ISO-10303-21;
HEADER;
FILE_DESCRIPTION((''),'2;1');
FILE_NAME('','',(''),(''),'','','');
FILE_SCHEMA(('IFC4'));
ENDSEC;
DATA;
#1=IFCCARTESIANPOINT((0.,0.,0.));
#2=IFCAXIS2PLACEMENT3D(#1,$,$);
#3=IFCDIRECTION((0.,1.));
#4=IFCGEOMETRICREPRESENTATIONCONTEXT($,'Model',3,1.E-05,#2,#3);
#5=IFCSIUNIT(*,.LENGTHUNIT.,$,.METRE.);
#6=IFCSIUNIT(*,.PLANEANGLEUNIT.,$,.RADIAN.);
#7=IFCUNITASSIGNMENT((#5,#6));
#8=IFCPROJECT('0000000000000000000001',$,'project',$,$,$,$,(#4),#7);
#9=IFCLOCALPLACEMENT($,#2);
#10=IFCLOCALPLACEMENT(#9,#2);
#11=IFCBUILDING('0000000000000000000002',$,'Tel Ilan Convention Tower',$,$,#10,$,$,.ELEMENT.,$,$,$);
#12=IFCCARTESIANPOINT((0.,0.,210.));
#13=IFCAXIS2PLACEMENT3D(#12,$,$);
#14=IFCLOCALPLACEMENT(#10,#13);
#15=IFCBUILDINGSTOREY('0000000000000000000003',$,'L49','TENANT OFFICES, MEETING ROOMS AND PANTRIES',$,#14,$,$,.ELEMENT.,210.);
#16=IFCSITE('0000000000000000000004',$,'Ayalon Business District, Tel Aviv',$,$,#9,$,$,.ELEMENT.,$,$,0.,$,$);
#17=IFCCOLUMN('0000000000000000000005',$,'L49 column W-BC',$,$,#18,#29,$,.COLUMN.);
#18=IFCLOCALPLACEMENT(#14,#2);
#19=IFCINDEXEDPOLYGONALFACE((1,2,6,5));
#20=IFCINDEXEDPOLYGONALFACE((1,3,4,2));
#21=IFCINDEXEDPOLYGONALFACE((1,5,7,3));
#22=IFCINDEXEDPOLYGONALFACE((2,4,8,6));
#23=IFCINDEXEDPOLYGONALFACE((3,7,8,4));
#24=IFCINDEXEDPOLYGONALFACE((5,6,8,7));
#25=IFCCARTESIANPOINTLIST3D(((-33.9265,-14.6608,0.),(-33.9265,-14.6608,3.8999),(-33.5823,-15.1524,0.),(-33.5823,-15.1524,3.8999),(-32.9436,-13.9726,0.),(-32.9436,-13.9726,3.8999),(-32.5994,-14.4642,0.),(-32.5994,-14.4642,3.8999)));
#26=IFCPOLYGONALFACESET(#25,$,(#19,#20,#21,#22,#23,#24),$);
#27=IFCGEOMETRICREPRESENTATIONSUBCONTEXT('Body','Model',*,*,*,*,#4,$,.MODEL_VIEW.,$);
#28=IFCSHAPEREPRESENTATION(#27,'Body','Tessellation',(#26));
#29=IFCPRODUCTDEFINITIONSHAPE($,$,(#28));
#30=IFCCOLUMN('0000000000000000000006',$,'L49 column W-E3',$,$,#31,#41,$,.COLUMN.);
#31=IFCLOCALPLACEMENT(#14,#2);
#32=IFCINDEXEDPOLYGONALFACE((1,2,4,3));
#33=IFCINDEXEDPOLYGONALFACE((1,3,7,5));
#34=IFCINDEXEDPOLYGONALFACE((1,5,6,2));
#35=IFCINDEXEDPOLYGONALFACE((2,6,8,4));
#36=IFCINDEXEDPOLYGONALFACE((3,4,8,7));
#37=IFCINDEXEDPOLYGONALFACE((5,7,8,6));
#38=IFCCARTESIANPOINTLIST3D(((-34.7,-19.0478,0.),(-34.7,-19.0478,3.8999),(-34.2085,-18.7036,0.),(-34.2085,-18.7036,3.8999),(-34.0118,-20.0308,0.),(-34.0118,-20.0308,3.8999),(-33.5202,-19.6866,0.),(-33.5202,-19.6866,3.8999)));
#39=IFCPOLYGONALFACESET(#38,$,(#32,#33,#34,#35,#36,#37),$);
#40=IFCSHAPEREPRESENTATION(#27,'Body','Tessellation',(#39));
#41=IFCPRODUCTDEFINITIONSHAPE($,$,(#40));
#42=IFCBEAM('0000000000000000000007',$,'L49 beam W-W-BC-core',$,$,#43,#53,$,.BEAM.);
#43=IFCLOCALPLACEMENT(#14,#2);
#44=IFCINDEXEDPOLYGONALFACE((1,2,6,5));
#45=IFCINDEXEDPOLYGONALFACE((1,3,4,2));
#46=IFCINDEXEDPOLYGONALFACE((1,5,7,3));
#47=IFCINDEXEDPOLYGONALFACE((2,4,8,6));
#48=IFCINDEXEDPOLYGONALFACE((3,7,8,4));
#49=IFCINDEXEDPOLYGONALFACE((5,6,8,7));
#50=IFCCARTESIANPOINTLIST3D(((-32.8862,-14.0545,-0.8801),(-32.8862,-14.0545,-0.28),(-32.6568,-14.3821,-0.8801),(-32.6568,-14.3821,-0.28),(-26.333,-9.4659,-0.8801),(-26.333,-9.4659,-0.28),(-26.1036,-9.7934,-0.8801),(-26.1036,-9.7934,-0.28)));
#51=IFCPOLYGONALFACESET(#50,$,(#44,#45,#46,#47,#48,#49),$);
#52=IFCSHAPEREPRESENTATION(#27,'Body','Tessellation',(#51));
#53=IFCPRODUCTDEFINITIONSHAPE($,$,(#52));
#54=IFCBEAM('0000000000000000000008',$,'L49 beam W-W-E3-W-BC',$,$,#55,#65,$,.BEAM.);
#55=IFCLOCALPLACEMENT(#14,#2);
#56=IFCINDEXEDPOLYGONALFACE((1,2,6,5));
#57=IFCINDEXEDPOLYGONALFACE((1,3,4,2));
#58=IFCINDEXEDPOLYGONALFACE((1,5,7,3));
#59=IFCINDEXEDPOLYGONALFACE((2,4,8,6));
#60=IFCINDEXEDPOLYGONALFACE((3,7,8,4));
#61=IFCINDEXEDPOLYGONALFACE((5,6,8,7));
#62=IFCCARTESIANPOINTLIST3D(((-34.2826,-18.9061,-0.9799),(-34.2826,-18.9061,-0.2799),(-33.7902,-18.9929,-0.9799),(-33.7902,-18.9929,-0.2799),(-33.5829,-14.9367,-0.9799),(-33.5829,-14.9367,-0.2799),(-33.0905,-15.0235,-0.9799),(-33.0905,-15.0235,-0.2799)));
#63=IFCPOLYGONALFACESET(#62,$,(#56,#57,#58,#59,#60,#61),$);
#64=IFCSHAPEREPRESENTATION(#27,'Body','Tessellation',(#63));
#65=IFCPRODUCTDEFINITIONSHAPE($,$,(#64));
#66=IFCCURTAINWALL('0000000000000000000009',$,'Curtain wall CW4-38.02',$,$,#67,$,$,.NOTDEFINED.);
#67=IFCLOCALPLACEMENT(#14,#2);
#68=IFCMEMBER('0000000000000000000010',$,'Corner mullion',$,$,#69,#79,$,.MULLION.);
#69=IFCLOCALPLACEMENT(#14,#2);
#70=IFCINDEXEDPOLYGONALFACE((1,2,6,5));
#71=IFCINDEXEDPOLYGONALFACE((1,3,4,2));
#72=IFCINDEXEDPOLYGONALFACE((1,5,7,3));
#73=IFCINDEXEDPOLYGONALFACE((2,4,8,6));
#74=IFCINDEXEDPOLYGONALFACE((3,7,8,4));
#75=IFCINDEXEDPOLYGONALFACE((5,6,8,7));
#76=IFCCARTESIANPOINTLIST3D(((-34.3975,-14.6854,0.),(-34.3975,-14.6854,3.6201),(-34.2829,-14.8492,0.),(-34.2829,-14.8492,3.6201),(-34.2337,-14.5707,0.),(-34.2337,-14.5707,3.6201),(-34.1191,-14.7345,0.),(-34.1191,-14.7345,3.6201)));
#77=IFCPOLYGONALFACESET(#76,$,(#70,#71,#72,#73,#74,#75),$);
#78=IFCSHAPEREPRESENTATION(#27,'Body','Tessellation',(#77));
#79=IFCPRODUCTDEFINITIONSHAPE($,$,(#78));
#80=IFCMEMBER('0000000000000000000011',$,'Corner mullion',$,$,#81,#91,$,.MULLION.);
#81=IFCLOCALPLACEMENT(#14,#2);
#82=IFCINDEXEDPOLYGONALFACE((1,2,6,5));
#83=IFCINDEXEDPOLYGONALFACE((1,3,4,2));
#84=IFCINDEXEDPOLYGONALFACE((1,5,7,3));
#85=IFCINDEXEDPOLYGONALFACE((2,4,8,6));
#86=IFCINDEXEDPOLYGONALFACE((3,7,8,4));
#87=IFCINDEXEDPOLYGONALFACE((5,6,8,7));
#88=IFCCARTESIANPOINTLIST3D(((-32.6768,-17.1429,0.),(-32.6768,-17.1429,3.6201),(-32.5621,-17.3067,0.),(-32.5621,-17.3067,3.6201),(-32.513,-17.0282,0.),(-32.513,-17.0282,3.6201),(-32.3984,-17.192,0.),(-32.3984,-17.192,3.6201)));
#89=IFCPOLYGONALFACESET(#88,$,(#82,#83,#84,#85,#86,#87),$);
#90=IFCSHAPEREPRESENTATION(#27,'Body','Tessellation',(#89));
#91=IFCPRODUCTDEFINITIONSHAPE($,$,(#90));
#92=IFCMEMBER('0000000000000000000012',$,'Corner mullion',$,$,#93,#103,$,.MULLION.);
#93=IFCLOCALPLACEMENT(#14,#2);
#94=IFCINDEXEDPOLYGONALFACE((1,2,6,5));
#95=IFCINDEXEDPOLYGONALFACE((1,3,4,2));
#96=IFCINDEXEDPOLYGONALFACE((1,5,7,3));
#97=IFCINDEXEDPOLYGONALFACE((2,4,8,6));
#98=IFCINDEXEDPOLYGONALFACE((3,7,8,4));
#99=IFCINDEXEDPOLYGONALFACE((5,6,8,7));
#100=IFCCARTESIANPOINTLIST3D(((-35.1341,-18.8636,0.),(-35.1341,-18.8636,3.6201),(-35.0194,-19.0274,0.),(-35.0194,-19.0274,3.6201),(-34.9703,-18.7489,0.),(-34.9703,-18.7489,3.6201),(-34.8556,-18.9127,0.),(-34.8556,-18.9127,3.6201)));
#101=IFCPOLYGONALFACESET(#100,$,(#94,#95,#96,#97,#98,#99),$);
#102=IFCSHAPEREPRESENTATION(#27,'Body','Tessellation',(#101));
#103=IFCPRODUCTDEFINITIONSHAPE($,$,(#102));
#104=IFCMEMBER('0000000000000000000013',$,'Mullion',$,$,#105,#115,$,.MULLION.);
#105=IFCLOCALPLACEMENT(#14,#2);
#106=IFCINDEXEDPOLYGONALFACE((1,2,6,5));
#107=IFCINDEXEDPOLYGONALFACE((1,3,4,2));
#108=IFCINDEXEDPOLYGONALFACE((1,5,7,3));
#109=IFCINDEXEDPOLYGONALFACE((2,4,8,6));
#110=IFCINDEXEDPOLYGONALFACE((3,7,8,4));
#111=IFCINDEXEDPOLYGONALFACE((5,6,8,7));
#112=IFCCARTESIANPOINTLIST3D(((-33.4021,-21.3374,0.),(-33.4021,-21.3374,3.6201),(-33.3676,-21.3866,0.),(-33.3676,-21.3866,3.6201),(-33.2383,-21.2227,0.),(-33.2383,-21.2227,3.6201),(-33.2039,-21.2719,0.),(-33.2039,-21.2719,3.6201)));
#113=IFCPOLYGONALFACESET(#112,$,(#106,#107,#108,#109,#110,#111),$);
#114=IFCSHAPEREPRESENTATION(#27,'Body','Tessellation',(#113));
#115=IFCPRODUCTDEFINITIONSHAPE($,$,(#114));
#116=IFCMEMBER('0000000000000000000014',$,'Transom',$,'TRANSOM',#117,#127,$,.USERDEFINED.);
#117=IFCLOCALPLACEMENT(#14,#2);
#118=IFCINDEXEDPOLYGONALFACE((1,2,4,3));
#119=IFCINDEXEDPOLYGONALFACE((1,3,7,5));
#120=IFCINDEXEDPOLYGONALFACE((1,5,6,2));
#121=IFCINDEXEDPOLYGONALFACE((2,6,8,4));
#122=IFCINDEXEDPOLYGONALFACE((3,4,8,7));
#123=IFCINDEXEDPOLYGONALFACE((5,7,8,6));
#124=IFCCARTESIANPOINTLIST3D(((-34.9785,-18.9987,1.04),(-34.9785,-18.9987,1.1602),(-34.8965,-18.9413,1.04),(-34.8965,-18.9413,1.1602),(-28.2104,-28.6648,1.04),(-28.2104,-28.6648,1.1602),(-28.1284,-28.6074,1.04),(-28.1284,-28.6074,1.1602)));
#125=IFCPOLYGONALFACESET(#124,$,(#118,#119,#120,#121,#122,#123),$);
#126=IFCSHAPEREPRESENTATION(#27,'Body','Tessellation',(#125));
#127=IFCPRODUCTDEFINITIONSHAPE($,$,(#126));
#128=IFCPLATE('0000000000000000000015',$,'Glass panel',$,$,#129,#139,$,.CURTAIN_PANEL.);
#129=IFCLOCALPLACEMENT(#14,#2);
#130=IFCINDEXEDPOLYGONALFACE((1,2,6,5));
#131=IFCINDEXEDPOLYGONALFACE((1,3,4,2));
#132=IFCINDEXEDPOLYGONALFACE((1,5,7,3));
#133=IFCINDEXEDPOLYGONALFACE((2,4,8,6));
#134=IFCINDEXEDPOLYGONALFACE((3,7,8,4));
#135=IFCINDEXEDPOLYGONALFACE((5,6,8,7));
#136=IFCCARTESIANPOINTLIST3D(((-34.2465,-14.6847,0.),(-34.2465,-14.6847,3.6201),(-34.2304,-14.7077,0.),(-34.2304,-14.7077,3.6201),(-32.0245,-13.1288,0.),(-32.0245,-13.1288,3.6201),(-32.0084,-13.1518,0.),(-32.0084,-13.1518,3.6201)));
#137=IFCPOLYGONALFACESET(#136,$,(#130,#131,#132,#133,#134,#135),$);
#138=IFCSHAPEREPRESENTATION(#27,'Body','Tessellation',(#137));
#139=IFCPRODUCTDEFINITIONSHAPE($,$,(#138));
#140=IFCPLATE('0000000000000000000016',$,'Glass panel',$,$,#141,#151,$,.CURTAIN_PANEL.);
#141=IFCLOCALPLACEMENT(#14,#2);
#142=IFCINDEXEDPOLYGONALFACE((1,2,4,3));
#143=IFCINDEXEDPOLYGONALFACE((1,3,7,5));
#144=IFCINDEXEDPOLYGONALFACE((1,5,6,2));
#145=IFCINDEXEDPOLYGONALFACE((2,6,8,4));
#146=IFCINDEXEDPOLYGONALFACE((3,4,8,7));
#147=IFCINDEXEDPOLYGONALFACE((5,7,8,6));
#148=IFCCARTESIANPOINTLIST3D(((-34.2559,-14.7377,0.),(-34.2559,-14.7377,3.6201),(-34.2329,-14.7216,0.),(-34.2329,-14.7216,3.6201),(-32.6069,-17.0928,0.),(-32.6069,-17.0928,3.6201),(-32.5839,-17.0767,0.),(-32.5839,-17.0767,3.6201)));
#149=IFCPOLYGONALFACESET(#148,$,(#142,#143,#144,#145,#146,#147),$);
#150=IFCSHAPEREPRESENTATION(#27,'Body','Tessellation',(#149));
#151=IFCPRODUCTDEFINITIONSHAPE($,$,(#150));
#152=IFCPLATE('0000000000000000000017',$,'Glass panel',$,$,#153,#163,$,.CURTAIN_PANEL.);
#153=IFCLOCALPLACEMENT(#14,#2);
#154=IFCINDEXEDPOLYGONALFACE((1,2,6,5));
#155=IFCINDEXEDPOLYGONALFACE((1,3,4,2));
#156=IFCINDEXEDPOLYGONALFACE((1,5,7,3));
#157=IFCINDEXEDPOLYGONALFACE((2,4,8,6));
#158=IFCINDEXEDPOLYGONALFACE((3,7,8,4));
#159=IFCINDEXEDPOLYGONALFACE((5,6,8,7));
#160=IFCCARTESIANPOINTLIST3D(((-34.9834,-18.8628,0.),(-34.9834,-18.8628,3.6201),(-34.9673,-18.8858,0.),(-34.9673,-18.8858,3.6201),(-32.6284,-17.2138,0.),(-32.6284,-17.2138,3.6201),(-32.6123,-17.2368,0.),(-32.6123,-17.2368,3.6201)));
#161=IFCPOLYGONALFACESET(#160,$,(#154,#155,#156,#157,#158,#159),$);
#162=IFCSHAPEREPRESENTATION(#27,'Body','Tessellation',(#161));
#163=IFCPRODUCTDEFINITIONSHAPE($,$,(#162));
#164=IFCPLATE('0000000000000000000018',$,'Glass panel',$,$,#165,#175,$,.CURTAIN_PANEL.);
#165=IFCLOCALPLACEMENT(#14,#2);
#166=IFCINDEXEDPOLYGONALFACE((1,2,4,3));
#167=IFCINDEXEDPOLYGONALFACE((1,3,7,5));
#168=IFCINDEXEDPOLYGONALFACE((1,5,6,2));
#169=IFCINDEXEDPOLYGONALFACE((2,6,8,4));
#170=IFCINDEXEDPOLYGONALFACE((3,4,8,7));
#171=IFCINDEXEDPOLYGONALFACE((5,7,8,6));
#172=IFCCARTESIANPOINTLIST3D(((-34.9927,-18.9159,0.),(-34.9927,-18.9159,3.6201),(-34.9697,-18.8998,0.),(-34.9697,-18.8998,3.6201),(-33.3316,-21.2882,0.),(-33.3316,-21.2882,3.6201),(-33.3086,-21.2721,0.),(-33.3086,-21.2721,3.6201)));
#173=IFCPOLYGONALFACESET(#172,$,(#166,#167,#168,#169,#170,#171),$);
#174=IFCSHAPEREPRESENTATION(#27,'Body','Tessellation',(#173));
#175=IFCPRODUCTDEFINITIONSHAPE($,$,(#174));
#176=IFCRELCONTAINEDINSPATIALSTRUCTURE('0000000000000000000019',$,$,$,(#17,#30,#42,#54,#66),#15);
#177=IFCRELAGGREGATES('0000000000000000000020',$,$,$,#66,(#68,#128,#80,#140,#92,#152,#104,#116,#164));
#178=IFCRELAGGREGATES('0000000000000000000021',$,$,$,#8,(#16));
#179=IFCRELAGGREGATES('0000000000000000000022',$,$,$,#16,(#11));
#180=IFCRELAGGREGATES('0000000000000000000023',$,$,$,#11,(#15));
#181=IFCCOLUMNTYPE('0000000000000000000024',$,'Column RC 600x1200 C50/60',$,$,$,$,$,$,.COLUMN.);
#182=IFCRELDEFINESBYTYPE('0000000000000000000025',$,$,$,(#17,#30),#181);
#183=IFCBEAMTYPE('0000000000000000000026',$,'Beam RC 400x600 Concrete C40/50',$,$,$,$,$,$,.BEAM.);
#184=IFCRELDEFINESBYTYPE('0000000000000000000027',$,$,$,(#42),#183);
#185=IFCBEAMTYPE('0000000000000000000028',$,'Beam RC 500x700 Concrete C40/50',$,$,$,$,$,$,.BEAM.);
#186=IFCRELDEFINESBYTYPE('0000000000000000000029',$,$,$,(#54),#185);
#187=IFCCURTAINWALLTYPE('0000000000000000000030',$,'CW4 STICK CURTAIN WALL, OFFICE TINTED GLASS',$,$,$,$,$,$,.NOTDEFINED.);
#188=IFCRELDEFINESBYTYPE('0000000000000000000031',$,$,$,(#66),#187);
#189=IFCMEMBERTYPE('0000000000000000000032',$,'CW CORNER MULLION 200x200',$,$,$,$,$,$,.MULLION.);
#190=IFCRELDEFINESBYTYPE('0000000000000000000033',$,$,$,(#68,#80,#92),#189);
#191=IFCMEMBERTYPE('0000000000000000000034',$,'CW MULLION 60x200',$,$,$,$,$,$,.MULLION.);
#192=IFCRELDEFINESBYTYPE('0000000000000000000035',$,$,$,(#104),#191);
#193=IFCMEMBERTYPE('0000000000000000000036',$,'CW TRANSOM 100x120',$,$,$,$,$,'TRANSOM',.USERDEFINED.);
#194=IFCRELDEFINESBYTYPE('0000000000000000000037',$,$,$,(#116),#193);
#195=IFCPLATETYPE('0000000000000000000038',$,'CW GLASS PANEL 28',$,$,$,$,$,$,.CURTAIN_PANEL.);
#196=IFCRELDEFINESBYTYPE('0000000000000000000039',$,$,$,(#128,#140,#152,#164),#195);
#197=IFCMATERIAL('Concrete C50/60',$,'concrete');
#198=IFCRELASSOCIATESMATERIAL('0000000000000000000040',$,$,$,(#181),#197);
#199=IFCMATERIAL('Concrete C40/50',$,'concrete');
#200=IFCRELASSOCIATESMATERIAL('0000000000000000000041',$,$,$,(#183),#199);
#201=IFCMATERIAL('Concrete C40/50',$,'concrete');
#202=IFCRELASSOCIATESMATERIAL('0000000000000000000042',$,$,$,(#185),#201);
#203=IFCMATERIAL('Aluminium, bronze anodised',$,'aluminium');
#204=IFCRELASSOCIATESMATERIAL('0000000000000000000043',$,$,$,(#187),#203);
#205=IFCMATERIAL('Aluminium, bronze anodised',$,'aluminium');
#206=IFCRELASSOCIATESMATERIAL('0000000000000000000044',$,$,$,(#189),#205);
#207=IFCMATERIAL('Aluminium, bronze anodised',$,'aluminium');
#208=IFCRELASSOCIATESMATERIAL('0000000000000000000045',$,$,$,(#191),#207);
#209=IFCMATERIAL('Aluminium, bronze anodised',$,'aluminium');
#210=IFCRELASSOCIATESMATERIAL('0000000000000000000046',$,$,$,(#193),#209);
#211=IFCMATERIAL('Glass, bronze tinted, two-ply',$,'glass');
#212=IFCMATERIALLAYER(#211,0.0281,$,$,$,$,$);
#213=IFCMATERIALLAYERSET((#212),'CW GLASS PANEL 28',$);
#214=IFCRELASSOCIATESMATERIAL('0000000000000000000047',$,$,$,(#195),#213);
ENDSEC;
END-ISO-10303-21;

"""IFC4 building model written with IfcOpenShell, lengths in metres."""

from ifc_helpers import new_model, si_unit, direction, frame, origin, origin_2d, place, context, subcontext, project, spatial, rectangle, extrude, material, layer, layer_set, material_profile, profile_set, type_object, element, aggregate, save


model = new_model("IFC4")

# Units and contexts
model_context = context("Model", 3, precision=1e-05, world=origin(), true_north=direction((0.0, 1.0)))
body_context = subcontext(model_context, "Body", "Model", "MODEL_VIEW")
ifc_project = project(units=[si_unit("LENGTHUNIT", "METRE"), si_unit("PLANEANGLEUNIT", "RADIAN")], contexts=[model_context])

# Site, building, storey
site_placement = place(None, origin())
site = spatial("IfcSite", under=ifc_project, at=site_placement, Name="Ayalon Business District, Tel Aviv", CompositionType="ELEMENT", RefElevation=0.0)
building_placement = place(site_placement, origin())
building = spatial("IfcBuilding", under=site, at=building_placement, Name="Tel Ilan Convention Tower", CompositionType="ELEMENT")
storey_placement = place(building_placement, frame((0.0, 0.0, 210.0)))
storey = spatial("IfcBuildingStorey", under=building, at=storey_placement, Name="L49", Description="TENANT OFFICES, MEETING ROOMS AND PANTRIES", CompositionType="ELEMENT", Elevation=210.0)

# Columns
ifc_material_1 = material(Name="Concrete C50/60", Category="concrete")
ifc_material_profile_1 = material_profile(ifc_material_1, rectangle(XDim=1.2, YDim=0.6001, at=origin_2d()), Name="RC 600x1200")
ifc_profile_set_1 = profile_set([ifc_material_profile_1], Name="Concrete C50/60")
column_type = type_object("IfcColumnType", Name="Column RC 600x1200 C50/60", PredefinedType="COLUMN", material=ifc_profile_set_1)
for number, where, z_axis, x_axis, name in (
    (1, (-33.2629, -14.5625, 0.0), (0.0, 0.0, 1.0), (-0.819152, -0.573576, 0.0), "L49 column W-BC"),
    (2, (-34.1101, -19.3672, 0.0), (0.0, 0.0, 1.0), (-0.573576, 0.819152, 0.0), "L49 column W-E3"),
):
    element("IfcColumn", number, at=place(storey_placement, frame(where, z_axis=z_axis, x_axis=x_axis)), inside=storey, type_object=column_type, Name=name, PredefinedType="COLUMN", context=body_context, shape_type="SweptSolid", body=[
        extrude(rectangle(XDim=1.2, YDim=0.6001, at=origin_2d()), origin(), (0.0, 0.0, 1.0), 3.8999),
    ])

# Beams
ifc_material_2 = material(Name="Concrete C40/50", Category="concrete")
ifc_material_profile_2 = material_profile(ifc_material_2, rectangle(XDim=0.3999, YDim=0.6001, at=origin_2d()), Name="RC 400x600")
ifc_profile_set_2 = profile_set([ifc_material_profile_2], Name="Concrete C40/50")
beam_type_1 = type_object("IfcBeamType", Name="Beam RC 400x600 Concrete C40/50", PredefinedType="BEAM", material=ifc_profile_set_2)
beam_1_placement = place(storey_placement, frame((-32.7715, -14.2183, -0.5801), z_axis=(0.819152, 0.573577, 0.0), x_axis=(-0.573577, 0.819152, 0.0)))
element("IfcBeam", 3, at=beam_1_placement, inside=storey, type_object=beam_type_1, Name="L49 beam W-W-BC-core", PredefinedType="BEAM", context=body_context, shape_type="SweptSolid", body=[
    extrude(rectangle(XDim=0.3999, YDim=0.6001, at=origin_2d()), origin(), (0.0, 0.0, 1.0), 8.0),
])
ifc_material_3 = material(Name="Concrete C40/50", Category="concrete")
ifc_material_profile_3 = material_profile(ifc_material_3, rectangle(XDim=0.5, YDim=0.7, at=origin_2d()), Name="RC 500x700")
ifc_profile_set_3 = profile_set([ifc_material_profile_3], Name="Concrete C40/50")
beam_type_2 = type_object("IfcBeamType", Name="Beam RC 500x700 Concrete C40/50", PredefinedType="BEAM", material=ifc_profile_set_3)
beam_2_placement = place(storey_placement, frame((-34.0364, -18.9495, -0.6299), z_axis=(0.173606, 0.984815, 0.0), x_axis=(-0.984815, 0.173606, 0.0)))
element("IfcBeam", 4, at=beam_2_placement, inside=storey, type_object=beam_type_2, Name="L49 beam W-W-E3-W-BC", PredefinedType="BEAM", context=body_context, shape_type="SweptSolid", body=[
    extrude(rectangle(XDim=0.5, YDim=0.7, at=origin_2d()), origin(), (0.0, 0.0, 1.0), 4.0305),
])

# Curtain wall, members, plates
ifc_material_4 = material(Name="Aluminium, bronze anodised", Category="aluminium")
curtain_wall_type = type_object("IfcCurtainWallType", Name="CW4 STICK CURTAIN WALL, OFFICE TINTED GLASS", PredefinedType="NOTDEFINED", material=ifc_material_4)
curtain_wall_placement = place(storey_placement, origin())
curtain_wall = element("IfcCurtainWall", 5, at=curtain_wall_placement, inside=storey, type_object=curtain_wall_type, Name="Curtain wall CW4-38.02", PredefinedType="NOTDEFINED")
ifc_material_5 = material(Name="Aluminium, bronze anodised", Category="aluminium")
ifc_material_profile_4 = material_profile(ifc_material_5, rectangle(XDim=0.2, YDim=0.2, at=origin_2d()), Name="CW CORNER MULLION 200x200")
ifc_profile_set_4 = profile_set([ifc_material_profile_4], Name="Aluminium, bronze anodised")
member_type_1 = type_object("IfcMemberType", Name="CW CORNER MULLION 200x200", PredefinedType="MULLION", material=ifc_profile_set_4)
member_1_placement = place(storey_placement, frame((-34.2583, -14.71, 0.0), z_axis=(0.0, 0.0, 1.0), x_axis=(-0.819152, -0.573576, 0.0)))
member_1 = element("IfcMember", 6, at=member_1_placement, type_object=member_type_1, Name="Corner mullion", PredefinedType="MULLION", context=body_context, shape_type="SweptSolid", body=[
    extrude(rectangle(XDim=0.2, YDim=0.2, at=origin_2d()), origin(), (0.0, 0.0, 1.0), 3.6201),
])
member_2_placement = place(storey_placement, frame((-32.5376, -17.1675, 0.0), z_axis=(0.0, 0.0, 1.0), x_axis=(0.573576, -0.819152, 0.0)))
member_2 = element("IfcMember", 7, at=member_2_placement, type_object=member_type_1, Name="Corner mullion", PredefinedType="MULLION", context=body_context, shape_type="SweptSolid", body=[
    extrude(rectangle(XDim=0.2, YDim=0.2, at=origin_2d()), origin(), (0.0, 0.0, 1.0), 3.6201),
])
member_3_placement = place(storey_placement, frame((-34.9949, -18.8882, 0.0), z_axis=(0.0, 0.0, 1.0), x_axis=(-0.819152, -0.573576, 0.0)))
member_3 = element("IfcMember", 8, at=member_3_placement, type_object=member_type_1, Name="Corner mullion", PredefinedType="MULLION", context=body_context, shape_type="SweptSolid", body=[
    extrude(rectangle(XDim=0.2, YDim=0.2, at=origin_2d()), origin(), (0.0, 0.0, 1.0), 3.6201),
])
ifc_material_6 = material(Name="Aluminium, bronze anodised", Category="aluminium")
ifc_material_profile_5 = material_profile(ifc_material_6, rectangle(XDim=0.0601, YDim=0.2, at=origin_2d()), Name="CW MULLION 60x200")
ifc_profile_set_5 = profile_set([ifc_material_profile_5], Name="Aluminium, bronze anodised")
member_type_2 = type_object("IfcMemberType", Name="CW MULLION 60x200", PredefinedType="MULLION", material=ifc_profile_set_5)
member_4_placement = place(storey_placement, frame((-33.303, -21.3047, 0.0), z_axis=(0.0, 0.0, 1.0), x_axis=(0.573576, -0.819152, 0.0)))
member_4 = element("IfcMember", 9, at=member_4_placement, type_object=member_type_2, Name="Mullion", PredefinedType="MULLION", context=body_context, shape_type="SweptSolid", body=[
    extrude(rectangle(XDim=0.0601, YDim=0.2, at=origin_2d()), origin(), (0.0, 0.0, 1.0), 3.6201),
])
ifc_material_7 = material(Name="Aluminium, bronze anodised", Category="aluminium")
ifc_material_profile_6 = material_profile(ifc_material_7, rectangle(XDim=0.1001, YDim=0.1201, at=origin_2d()), Name="CW TRANSOM 100x120")
ifc_profile_set_6 = profile_set([ifc_material_profile_6], Name="Aluminium, bronze anodised")
member_type_3 = type_object("IfcMemberType", Name="CW TRANSOM 100x120", ElementType="TRANSOM", PredefinedType="USERDEFINED", material=ifc_profile_set_6)
member_5_placement = place(storey_placement, frame((-34.9375, -18.97, 1.1001), z_axis=(0.573568, -0.819158, 0.0), x_axis=(0.819158, 0.573568, 0.0)))
member_5 = element("IfcMember", 10, at=member_5_placement, type_object=member_type_3, Name="Transom", ObjectType="TRANSOM", PredefinedType="USERDEFINED", context=body_context, shape_type="SweptSolid", body=[
    extrude(rectangle(XDim=0.1001, YDim=0.1201, at=origin_2d()), origin(), (0.0, 0.0, 1.0), 11.8),
])
ifc_material_8 = material(Name="Glass, bronze tinted, two-ply", Category="glass")
ifc_layer_1 = layer(ifc_material_8, 0.0281)
ifc_layer_set_1 = layer_set([ifc_layer_1], Name="CW GLASS PANEL 28")
plate_type = type_object("IfcPlateType", Name="CW GLASS PANEL 28", PredefinedType="CURTAIN_PANEL", material=ifc_layer_set_1)
plate_1_placement = place(storey_placement, frame((-33.1274, -13.9182, 0.0), z_axis=(0.0, 0.0, 1.0), x_axis=(-0.819152, -0.573576, 0.0)))
plate_1 = element("IfcPlate", 11, at=plate_1_placement, type_object=plate_type, Name="Glass panel", PredefinedType="CURTAIN_PANEL", context=body_context, shape_type="SweptSolid", body=[
    extrude(rectangle(XDim=2.7126, YDim=0.0281, at=origin_2d()), origin(), (0.0, 0.0, 1.0), 3.6201),
])
plate_2_placement = place(storey_placement, frame((-33.4199, -15.9072, 0.0), z_axis=(0.0, 0.0, 1.0), x_axis=(0.573576, -0.819152, 0.0)))
plate_2 = element("IfcPlate", 12, at=plate_2_placement, type_object=plate_type, Name="Glass panel", PredefinedType="CURTAIN_PANEL", context=body_context, shape_type="SweptSolid", body=[
    extrude(rectangle(XDim=2.875, YDim=0.0281, at=origin_2d()), origin(), (0.0, 0.0, 1.0), 3.6201),
])
plate_3_placement = place(storey_placement, frame((-33.7979, -18.0498, 0.0), z_axis=(0.0, 0.0, 1.0), x_axis=(-0.819152, -0.573576, 0.0)))
plate_3 = element("IfcPlate", 13, at=plate_3_placement, type_object=plate_type, Name="Glass panel", PredefinedType="CURTAIN_PANEL", context=body_context, shape_type="SweptSolid", body=[
    extrude(rectangle(XDim=2.875, YDim=0.0281, at=origin_2d()), origin(), (0.0, 0.0, 1.0), 3.6201),
])
plate_4_placement = place(storey_placement, frame((-34.1506, -20.094, 0.0), z_axis=(0.0, 0.0, 1.0), x_axis=(0.573576, -0.819152, 0.0)))
plate_4 = element("IfcPlate", 14, at=plate_4_placement, type_object=plate_type, Name="Glass panel", PredefinedType="CURTAIN_PANEL", context=body_context, shape_type="SweptSolid", body=[
    extrude(rectangle(XDim=2.896, YDim=0.0281, at=origin_2d()), origin(), (0.0, 0.0, 1.0), 3.6201),
])
aggregate(curtain_wall, [member_1, plate_1, member_2, plate_2, member_3, plate_3, member_4, member_5, plate_4])

save(model, "model.ifc")
